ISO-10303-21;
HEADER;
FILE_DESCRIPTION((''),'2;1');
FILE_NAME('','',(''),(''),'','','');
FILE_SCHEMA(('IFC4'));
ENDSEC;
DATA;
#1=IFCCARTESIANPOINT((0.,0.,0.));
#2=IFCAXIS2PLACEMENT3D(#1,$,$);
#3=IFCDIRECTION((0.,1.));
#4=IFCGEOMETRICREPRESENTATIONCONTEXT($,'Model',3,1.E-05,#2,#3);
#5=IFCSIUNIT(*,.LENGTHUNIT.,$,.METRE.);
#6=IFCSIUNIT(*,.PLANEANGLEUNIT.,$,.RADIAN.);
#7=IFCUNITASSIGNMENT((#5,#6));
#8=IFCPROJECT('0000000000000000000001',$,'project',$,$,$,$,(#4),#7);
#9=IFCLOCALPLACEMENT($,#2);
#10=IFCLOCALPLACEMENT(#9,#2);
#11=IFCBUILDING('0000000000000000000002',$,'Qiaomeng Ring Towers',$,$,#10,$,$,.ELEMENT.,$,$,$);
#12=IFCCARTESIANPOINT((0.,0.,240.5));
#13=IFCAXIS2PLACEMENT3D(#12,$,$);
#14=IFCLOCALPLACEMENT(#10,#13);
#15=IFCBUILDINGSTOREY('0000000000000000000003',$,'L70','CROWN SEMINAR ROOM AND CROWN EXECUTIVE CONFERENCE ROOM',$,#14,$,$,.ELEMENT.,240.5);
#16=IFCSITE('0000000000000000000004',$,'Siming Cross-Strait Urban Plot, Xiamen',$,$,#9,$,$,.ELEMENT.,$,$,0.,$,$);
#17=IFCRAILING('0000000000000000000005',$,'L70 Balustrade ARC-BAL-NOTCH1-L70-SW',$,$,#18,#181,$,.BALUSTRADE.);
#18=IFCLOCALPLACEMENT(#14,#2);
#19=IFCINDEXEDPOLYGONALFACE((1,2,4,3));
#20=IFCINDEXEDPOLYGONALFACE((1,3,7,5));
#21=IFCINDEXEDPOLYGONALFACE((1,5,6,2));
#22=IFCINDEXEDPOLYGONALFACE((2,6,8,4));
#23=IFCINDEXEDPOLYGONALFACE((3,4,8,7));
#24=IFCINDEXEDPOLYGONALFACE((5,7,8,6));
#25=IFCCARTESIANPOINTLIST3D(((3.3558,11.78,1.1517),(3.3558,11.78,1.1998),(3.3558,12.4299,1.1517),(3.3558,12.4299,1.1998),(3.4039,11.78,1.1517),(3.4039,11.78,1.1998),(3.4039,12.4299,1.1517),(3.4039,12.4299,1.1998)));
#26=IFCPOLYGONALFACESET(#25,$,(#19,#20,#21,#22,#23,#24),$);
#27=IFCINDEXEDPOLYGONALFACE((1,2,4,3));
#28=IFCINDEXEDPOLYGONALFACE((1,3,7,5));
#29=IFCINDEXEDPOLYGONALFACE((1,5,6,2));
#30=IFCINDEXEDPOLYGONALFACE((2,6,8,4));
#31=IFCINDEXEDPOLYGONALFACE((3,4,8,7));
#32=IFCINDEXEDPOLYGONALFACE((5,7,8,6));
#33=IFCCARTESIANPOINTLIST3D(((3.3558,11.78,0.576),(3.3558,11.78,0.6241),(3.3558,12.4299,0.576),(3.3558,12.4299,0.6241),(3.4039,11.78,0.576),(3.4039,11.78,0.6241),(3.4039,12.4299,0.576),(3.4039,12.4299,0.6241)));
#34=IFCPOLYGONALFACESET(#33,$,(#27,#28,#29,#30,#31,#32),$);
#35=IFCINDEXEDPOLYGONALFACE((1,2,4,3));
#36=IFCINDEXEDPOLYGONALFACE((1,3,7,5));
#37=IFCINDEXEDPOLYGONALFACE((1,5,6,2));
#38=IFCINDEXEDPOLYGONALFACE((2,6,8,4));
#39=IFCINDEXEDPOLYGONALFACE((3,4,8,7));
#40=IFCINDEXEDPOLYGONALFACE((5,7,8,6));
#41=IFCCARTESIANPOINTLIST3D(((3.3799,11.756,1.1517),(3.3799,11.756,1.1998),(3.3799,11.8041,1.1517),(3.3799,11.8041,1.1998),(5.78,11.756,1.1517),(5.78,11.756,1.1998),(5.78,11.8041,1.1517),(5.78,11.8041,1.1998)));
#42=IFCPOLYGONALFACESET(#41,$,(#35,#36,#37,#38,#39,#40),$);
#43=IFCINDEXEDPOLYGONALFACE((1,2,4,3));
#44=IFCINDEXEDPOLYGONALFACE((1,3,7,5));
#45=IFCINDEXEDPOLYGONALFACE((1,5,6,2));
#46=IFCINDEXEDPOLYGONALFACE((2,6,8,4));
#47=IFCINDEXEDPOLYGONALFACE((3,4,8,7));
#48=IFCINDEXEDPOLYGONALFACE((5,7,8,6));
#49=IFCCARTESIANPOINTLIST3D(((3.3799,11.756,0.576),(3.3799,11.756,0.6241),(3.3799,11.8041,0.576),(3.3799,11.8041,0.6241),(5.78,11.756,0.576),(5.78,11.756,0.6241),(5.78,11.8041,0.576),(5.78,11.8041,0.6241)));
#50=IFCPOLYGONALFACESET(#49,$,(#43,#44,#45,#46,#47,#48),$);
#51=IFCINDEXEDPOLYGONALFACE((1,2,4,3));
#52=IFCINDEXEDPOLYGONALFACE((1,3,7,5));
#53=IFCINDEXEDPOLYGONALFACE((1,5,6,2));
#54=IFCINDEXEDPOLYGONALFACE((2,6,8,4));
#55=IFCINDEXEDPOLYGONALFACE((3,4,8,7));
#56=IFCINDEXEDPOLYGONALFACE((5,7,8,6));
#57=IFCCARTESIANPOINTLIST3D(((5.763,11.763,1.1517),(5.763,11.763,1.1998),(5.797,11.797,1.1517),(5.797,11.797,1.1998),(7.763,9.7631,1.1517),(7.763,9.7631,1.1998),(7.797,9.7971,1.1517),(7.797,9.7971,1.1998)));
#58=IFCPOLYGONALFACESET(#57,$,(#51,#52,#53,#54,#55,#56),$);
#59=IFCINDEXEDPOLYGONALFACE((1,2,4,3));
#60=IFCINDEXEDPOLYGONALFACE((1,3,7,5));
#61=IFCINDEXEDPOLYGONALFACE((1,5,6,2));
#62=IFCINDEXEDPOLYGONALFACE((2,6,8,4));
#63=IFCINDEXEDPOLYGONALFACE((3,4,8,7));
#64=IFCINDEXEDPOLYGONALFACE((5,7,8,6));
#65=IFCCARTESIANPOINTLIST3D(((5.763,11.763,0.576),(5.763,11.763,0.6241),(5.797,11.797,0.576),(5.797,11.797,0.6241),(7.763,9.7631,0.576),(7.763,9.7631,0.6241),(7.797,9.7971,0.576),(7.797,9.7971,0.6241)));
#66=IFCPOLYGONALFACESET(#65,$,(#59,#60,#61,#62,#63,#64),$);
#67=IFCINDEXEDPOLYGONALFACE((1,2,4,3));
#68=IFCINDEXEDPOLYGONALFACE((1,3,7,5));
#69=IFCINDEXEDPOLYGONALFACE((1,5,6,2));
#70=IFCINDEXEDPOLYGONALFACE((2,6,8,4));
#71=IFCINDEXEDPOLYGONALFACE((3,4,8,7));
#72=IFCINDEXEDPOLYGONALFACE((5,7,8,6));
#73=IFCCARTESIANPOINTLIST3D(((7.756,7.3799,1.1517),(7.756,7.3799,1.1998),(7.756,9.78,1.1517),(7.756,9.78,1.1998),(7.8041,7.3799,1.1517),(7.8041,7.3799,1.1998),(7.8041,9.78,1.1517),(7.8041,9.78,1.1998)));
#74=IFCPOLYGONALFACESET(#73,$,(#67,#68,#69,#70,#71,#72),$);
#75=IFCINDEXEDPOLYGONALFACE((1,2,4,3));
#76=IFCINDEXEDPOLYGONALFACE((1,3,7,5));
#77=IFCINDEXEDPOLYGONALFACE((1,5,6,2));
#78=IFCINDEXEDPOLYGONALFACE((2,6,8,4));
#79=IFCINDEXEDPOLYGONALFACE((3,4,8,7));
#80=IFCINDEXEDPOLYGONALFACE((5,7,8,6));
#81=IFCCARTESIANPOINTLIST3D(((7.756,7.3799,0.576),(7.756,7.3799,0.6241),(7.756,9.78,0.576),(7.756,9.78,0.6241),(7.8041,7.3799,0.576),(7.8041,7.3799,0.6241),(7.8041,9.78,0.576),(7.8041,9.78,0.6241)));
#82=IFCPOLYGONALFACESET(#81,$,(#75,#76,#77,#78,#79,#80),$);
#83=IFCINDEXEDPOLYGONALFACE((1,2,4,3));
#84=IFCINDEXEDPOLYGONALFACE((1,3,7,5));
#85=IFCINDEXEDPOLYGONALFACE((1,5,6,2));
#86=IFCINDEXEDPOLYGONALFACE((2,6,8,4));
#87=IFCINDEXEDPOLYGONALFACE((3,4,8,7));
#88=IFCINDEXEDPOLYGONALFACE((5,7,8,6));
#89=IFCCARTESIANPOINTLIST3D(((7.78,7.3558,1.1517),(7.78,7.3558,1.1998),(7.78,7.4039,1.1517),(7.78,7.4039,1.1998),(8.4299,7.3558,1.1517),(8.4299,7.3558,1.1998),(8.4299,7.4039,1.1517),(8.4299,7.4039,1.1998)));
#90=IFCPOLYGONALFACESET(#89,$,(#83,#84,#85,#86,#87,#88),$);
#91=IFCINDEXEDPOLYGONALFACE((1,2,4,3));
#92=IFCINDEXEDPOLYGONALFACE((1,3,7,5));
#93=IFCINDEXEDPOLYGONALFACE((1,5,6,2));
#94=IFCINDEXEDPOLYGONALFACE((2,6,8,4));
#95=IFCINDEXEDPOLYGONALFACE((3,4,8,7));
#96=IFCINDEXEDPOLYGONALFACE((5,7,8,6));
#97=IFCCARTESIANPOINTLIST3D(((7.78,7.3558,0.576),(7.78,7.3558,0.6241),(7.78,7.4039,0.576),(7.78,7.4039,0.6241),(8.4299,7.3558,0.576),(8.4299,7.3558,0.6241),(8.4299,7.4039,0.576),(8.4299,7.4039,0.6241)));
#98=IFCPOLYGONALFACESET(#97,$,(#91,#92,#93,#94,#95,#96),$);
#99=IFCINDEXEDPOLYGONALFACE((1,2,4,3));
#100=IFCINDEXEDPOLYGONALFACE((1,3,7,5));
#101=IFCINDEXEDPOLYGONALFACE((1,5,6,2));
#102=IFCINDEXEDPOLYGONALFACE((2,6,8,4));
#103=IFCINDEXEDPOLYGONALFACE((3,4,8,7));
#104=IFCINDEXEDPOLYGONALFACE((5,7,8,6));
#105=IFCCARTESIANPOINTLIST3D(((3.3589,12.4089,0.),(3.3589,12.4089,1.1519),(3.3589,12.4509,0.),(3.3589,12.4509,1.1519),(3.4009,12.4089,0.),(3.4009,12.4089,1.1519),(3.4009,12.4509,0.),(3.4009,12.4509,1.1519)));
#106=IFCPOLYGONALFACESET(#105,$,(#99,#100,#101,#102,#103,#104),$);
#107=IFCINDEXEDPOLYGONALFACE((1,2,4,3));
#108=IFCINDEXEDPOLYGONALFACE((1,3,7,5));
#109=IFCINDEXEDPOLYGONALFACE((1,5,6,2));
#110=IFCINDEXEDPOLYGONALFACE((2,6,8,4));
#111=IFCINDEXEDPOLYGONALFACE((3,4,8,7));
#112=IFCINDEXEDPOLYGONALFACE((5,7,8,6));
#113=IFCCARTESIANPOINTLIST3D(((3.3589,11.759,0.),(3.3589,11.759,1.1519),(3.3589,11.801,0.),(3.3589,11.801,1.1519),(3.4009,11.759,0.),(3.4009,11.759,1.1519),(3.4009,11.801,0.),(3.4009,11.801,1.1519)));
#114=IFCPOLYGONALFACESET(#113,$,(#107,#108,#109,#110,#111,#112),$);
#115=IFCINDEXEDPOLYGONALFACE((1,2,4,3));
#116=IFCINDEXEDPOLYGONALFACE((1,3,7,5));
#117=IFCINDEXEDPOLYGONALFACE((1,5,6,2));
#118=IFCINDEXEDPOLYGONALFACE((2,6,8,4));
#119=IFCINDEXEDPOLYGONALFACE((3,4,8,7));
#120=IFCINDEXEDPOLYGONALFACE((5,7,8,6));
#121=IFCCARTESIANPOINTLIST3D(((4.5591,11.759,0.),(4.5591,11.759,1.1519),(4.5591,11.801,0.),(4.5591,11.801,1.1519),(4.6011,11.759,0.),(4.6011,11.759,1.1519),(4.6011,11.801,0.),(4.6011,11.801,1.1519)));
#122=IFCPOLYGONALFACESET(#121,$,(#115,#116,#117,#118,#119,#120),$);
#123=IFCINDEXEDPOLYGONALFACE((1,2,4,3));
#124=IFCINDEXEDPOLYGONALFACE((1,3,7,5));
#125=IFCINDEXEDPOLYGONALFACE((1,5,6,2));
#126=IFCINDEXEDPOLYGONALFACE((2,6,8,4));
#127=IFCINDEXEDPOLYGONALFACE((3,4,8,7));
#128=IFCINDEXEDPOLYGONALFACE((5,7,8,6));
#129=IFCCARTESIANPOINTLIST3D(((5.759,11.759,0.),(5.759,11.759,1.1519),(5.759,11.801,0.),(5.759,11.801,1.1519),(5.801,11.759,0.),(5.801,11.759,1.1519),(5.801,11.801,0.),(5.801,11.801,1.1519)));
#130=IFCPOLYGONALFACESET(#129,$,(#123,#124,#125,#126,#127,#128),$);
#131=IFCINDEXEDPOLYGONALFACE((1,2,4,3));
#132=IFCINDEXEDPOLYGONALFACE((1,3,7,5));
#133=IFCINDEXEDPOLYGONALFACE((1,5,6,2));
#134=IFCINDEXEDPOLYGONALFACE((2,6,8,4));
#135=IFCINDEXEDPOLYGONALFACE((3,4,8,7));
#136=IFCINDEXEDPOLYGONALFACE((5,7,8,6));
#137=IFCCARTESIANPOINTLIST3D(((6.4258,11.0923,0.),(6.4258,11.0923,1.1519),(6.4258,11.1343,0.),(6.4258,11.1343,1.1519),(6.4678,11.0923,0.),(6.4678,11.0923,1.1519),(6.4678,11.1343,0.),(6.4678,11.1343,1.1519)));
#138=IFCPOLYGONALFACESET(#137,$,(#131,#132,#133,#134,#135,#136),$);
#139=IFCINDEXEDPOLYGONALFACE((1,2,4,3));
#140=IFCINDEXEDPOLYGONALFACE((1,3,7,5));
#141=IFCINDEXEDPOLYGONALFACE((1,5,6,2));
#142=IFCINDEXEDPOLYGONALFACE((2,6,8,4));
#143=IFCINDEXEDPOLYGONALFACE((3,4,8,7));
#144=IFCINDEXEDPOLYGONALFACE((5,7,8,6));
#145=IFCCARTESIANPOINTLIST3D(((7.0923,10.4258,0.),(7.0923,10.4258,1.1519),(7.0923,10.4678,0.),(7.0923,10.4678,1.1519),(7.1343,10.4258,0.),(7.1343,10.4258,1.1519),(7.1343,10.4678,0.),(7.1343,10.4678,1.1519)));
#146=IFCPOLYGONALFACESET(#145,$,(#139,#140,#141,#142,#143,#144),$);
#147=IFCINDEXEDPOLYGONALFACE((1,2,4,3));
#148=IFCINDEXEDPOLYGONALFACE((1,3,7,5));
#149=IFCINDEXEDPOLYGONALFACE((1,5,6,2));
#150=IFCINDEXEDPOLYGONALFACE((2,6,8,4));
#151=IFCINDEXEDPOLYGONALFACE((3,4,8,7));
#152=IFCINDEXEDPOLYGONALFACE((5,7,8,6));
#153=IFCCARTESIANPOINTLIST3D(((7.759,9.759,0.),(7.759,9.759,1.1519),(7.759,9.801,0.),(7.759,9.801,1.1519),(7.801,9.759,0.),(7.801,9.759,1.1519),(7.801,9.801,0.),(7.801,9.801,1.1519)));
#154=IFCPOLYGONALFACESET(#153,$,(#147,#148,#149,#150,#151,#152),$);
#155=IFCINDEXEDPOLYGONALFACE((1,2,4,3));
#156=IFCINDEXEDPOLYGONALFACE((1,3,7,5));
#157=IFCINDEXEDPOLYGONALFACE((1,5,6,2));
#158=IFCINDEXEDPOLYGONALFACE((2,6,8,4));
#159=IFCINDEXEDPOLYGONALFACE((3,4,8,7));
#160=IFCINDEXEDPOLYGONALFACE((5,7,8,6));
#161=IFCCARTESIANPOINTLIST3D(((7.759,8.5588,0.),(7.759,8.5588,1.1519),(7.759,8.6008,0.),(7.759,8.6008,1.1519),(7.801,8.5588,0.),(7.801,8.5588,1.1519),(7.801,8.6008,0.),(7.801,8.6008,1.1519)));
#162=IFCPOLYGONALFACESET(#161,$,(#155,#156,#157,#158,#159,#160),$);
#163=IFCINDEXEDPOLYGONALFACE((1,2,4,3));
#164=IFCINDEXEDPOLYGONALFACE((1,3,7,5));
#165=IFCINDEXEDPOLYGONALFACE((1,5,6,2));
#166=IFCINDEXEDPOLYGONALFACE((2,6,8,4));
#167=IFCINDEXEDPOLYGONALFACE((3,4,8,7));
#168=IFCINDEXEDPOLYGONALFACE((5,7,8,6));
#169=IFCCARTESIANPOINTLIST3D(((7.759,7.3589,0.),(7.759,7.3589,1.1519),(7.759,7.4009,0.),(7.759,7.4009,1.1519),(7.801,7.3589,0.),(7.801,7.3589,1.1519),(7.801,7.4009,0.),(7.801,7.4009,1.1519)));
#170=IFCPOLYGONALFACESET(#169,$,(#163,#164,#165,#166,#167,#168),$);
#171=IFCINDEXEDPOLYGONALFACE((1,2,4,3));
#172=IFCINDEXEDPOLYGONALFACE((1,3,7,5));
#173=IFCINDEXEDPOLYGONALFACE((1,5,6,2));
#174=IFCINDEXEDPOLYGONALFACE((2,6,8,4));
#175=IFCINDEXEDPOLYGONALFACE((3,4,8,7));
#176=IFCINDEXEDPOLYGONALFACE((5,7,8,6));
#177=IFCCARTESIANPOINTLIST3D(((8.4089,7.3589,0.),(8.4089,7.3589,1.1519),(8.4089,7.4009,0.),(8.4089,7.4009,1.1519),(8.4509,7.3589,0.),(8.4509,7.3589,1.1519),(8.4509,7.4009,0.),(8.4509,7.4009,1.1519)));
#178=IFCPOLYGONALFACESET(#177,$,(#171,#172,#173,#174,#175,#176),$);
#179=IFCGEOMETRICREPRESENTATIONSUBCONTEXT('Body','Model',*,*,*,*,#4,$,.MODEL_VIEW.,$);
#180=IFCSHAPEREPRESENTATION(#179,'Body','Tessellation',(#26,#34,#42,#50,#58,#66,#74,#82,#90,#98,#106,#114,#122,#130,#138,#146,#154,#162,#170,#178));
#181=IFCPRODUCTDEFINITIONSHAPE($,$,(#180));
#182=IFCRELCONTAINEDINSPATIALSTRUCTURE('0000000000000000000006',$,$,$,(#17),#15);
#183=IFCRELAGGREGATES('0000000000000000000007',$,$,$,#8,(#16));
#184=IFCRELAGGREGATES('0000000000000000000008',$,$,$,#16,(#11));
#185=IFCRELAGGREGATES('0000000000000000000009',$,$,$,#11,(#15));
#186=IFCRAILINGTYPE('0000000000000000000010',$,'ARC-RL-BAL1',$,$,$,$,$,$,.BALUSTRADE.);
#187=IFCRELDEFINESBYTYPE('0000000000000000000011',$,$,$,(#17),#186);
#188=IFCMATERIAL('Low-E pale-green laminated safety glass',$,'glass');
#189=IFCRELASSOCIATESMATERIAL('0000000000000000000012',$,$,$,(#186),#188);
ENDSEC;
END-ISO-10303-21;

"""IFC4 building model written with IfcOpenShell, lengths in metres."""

from ifc_helpers import new_model, si_unit, direction, frame, origin, origin_2d, place, context, subcontext, project, spatial, rectangle, extrude, material, type_object, element, save


model = new_model("IFC4")

# Units and contexts
model_context = context("Model", 3, precision=1e-05, world=origin(), true_north=direction((0.0, 1.0)))
body_context = subcontext(model_context, "Body", "Model", "MODEL_VIEW")
ifc_project = project(units=[si_unit("LENGTHUNIT", "METRE"), si_unit("PLANEANGLEUNIT", "RADIAN")], contexts=[model_context])

# Site, building, storey
site_placement = place(None, origin())
site = spatial("IfcSite", under=ifc_project, at=site_placement, Name="Siming Cross-Strait Urban Plot, Xiamen", CompositionType="ELEMENT", RefElevation=0.0)
building_placement = place(site_placement, origin())
building = spatial("IfcBuilding", under=site, at=building_placement, Name="Qiaomeng Ring Towers", CompositionType="ELEMENT")
storey_placement = place(building_placement, frame((0.0, 0.0, 240.5)))
storey = spatial("IfcBuildingStorey", under=building, at=storey_placement, Name="L70", Description="CROWN SEMINAR ROOM AND CROWN EXECUTIVE CONFERENCE ROOM", CompositionType="ELEMENT", Elevation=240.5)

# Railing
ifc_material_1 = material(Name="Low-E pale-green laminated safety glass", Category="glass")
railing_type = type_object("IfcRailingType", Name="ARC-RL-BAL1", PredefinedType="BALUSTRADE", material=ifc_material_1)
railing_1_placement = place(storey_placement, frame((3.3799, 12.4299, 0.0)))
element("IfcRailing", 1, at=railing_1_placement, inside=storey, type_object=railing_type, Name="L70 Balustrade ARC-BAL-NOTCH1-L70-SW", PredefinedType="BALUSTRADE", context=body_context, shape_type="SweptSolid", body=[
    extrude(rectangle(XDim=0.0481, YDim=0.0481, at=origin_2d()), frame((0.0, 0.0, 1.1758), z_axis=(0.0, -1.0, 0.0), x_axis=(1.0, 0.0, 0.0)), (0.0, 0.0, 1.0), 0.6499),
    extrude(rectangle(XDim=0.0481, YDim=0.0481, at=origin_2d()), frame((0.0, 0.0, 0.6001), z_axis=(0.0, -1.0, 0.0), x_axis=(1.0, 0.0, 0.0)), (0.0, 0.0, 1.0), 0.6499),
    extrude(rectangle(XDim=0.0481, YDim=0.0481, at=origin_2d()), frame((0.0, -0.6499, 1.1758), z_axis=(1.0, 0.0, 0.0), x_axis=(0.0, 1.0, 0.0)), (0.0, 0.0, 1.0), 2.4001),
    extrude(rectangle(XDim=0.0481, YDim=0.0481, at=origin_2d()), frame((0.0, -0.6499, 0.6001), z_axis=(1.0, 0.0, 0.0), x_axis=(0.0, 1.0, 0.0)), (0.0, 0.0, 1.0), 2.4001),
    extrude(rectangle(XDim=0.0481, YDim=0.0481, at=origin_2d()), frame((2.4001, -0.6499, 1.1758), z_axis=(0.707107, -0.707107, 0.0), x_axis=(0.707107, 0.707107, 0.0)), (0.0, 0.0, 1.0), 2.8284),
    extrude(rectangle(XDim=0.0481, YDim=0.0481, at=origin_2d()), frame((2.4001, -0.6499, 0.6001), z_axis=(0.707107, -0.707107, 0.0), x_axis=(0.707107, 0.707107, 0.0)), (0.0, 0.0, 1.0), 2.8284),
    extrude(rectangle(XDim=0.0481, YDim=0.0481, at=origin_2d()), frame((4.4001, -2.6499, 1.1758), z_axis=(0.0, -1.0, 0.0), x_axis=(1.0, 0.0, 0.0)), (0.0, 0.0, 1.0), 2.4001),
    extrude(rectangle(XDim=0.0481, YDim=0.0481, at=origin_2d()), frame((4.4001, -2.6499, 0.6001), z_axis=(0.0, -1.0, 0.0), x_axis=(1.0, 0.0, 0.0)), (0.0, 0.0, 1.0), 2.4001),
    extrude(rectangle(XDim=0.0481, YDim=0.0481, at=origin_2d()), frame((4.4001, -5.05, 1.1758), z_axis=(1.0, 0.0, 0.0), x_axis=(0.0, 1.0, 0.0)), (0.0, 0.0, 1.0), 0.6499),
    extrude(rectangle(XDim=0.0481, YDim=0.0481, at=origin_2d()), frame((4.4001, -5.05, 0.6001), z_axis=(1.0, 0.0, 0.0), x_axis=(0.0, 1.0, 0.0)), (0.0, 0.0, 1.0), 0.6499),
    extrude(rectangle(XDim=0.042, YDim=0.042, at=origin_2d()), origin(), (0.0, 0.0, 1.0), 1.1519),
    extrude(rectangle(XDim=0.042, YDim=0.042, at=origin_2d()), frame((0.0, -0.6499, 0.0)), (0.0, 0.0, 1.0), 1.1519),
    extrude(rectangle(XDim=0.042, YDim=0.042, at=origin_2d()), frame((1.2002, -0.6499, 0.0)), (0.0, 0.0, 1.0), 1.1519),
    extrude(rectangle(XDim=0.042, YDim=0.042, at=origin_2d()), frame((2.4001, -0.6499, 0.0)), (0.0, 0.0, 1.0), 1.1519),
    extrude(rectangle(XDim=0.042, YDim=0.042, at=origin_2d()), frame((3.0669, -1.3167, 0.0)), (0.0, 0.0, 1.0), 1.1519),
    extrude(rectangle(XDim=0.042, YDim=0.042, at=origin_2d()), frame((3.7334, -1.9832, 0.0)), (0.0, 0.0, 1.0), 1.1519),
    extrude(rectangle(XDim=0.042, YDim=0.042, at=origin_2d()), frame((4.4001, -2.6499, 0.0)), (0.0, 0.0, 1.0), 1.1519),
    extrude(rectangle(XDim=0.042, YDim=0.042, at=origin_2d()), frame((4.4001, -3.8501, 0.0)), (0.0, 0.0, 1.0), 1.1519),
    extrude(rectangle(XDim=0.042, YDim=0.042, at=origin_2d()), frame((4.4001, -5.05, 0.0)), (0.0, 0.0, 1.0), 1.1519),
    extrude(rectangle(XDim=0.042, YDim=0.042, at=origin_2d()), frame((5.05, -5.05, 0.0)), (0.0, 0.0, 1.0), 1.1519),
])

save(model, "model.ifc")
